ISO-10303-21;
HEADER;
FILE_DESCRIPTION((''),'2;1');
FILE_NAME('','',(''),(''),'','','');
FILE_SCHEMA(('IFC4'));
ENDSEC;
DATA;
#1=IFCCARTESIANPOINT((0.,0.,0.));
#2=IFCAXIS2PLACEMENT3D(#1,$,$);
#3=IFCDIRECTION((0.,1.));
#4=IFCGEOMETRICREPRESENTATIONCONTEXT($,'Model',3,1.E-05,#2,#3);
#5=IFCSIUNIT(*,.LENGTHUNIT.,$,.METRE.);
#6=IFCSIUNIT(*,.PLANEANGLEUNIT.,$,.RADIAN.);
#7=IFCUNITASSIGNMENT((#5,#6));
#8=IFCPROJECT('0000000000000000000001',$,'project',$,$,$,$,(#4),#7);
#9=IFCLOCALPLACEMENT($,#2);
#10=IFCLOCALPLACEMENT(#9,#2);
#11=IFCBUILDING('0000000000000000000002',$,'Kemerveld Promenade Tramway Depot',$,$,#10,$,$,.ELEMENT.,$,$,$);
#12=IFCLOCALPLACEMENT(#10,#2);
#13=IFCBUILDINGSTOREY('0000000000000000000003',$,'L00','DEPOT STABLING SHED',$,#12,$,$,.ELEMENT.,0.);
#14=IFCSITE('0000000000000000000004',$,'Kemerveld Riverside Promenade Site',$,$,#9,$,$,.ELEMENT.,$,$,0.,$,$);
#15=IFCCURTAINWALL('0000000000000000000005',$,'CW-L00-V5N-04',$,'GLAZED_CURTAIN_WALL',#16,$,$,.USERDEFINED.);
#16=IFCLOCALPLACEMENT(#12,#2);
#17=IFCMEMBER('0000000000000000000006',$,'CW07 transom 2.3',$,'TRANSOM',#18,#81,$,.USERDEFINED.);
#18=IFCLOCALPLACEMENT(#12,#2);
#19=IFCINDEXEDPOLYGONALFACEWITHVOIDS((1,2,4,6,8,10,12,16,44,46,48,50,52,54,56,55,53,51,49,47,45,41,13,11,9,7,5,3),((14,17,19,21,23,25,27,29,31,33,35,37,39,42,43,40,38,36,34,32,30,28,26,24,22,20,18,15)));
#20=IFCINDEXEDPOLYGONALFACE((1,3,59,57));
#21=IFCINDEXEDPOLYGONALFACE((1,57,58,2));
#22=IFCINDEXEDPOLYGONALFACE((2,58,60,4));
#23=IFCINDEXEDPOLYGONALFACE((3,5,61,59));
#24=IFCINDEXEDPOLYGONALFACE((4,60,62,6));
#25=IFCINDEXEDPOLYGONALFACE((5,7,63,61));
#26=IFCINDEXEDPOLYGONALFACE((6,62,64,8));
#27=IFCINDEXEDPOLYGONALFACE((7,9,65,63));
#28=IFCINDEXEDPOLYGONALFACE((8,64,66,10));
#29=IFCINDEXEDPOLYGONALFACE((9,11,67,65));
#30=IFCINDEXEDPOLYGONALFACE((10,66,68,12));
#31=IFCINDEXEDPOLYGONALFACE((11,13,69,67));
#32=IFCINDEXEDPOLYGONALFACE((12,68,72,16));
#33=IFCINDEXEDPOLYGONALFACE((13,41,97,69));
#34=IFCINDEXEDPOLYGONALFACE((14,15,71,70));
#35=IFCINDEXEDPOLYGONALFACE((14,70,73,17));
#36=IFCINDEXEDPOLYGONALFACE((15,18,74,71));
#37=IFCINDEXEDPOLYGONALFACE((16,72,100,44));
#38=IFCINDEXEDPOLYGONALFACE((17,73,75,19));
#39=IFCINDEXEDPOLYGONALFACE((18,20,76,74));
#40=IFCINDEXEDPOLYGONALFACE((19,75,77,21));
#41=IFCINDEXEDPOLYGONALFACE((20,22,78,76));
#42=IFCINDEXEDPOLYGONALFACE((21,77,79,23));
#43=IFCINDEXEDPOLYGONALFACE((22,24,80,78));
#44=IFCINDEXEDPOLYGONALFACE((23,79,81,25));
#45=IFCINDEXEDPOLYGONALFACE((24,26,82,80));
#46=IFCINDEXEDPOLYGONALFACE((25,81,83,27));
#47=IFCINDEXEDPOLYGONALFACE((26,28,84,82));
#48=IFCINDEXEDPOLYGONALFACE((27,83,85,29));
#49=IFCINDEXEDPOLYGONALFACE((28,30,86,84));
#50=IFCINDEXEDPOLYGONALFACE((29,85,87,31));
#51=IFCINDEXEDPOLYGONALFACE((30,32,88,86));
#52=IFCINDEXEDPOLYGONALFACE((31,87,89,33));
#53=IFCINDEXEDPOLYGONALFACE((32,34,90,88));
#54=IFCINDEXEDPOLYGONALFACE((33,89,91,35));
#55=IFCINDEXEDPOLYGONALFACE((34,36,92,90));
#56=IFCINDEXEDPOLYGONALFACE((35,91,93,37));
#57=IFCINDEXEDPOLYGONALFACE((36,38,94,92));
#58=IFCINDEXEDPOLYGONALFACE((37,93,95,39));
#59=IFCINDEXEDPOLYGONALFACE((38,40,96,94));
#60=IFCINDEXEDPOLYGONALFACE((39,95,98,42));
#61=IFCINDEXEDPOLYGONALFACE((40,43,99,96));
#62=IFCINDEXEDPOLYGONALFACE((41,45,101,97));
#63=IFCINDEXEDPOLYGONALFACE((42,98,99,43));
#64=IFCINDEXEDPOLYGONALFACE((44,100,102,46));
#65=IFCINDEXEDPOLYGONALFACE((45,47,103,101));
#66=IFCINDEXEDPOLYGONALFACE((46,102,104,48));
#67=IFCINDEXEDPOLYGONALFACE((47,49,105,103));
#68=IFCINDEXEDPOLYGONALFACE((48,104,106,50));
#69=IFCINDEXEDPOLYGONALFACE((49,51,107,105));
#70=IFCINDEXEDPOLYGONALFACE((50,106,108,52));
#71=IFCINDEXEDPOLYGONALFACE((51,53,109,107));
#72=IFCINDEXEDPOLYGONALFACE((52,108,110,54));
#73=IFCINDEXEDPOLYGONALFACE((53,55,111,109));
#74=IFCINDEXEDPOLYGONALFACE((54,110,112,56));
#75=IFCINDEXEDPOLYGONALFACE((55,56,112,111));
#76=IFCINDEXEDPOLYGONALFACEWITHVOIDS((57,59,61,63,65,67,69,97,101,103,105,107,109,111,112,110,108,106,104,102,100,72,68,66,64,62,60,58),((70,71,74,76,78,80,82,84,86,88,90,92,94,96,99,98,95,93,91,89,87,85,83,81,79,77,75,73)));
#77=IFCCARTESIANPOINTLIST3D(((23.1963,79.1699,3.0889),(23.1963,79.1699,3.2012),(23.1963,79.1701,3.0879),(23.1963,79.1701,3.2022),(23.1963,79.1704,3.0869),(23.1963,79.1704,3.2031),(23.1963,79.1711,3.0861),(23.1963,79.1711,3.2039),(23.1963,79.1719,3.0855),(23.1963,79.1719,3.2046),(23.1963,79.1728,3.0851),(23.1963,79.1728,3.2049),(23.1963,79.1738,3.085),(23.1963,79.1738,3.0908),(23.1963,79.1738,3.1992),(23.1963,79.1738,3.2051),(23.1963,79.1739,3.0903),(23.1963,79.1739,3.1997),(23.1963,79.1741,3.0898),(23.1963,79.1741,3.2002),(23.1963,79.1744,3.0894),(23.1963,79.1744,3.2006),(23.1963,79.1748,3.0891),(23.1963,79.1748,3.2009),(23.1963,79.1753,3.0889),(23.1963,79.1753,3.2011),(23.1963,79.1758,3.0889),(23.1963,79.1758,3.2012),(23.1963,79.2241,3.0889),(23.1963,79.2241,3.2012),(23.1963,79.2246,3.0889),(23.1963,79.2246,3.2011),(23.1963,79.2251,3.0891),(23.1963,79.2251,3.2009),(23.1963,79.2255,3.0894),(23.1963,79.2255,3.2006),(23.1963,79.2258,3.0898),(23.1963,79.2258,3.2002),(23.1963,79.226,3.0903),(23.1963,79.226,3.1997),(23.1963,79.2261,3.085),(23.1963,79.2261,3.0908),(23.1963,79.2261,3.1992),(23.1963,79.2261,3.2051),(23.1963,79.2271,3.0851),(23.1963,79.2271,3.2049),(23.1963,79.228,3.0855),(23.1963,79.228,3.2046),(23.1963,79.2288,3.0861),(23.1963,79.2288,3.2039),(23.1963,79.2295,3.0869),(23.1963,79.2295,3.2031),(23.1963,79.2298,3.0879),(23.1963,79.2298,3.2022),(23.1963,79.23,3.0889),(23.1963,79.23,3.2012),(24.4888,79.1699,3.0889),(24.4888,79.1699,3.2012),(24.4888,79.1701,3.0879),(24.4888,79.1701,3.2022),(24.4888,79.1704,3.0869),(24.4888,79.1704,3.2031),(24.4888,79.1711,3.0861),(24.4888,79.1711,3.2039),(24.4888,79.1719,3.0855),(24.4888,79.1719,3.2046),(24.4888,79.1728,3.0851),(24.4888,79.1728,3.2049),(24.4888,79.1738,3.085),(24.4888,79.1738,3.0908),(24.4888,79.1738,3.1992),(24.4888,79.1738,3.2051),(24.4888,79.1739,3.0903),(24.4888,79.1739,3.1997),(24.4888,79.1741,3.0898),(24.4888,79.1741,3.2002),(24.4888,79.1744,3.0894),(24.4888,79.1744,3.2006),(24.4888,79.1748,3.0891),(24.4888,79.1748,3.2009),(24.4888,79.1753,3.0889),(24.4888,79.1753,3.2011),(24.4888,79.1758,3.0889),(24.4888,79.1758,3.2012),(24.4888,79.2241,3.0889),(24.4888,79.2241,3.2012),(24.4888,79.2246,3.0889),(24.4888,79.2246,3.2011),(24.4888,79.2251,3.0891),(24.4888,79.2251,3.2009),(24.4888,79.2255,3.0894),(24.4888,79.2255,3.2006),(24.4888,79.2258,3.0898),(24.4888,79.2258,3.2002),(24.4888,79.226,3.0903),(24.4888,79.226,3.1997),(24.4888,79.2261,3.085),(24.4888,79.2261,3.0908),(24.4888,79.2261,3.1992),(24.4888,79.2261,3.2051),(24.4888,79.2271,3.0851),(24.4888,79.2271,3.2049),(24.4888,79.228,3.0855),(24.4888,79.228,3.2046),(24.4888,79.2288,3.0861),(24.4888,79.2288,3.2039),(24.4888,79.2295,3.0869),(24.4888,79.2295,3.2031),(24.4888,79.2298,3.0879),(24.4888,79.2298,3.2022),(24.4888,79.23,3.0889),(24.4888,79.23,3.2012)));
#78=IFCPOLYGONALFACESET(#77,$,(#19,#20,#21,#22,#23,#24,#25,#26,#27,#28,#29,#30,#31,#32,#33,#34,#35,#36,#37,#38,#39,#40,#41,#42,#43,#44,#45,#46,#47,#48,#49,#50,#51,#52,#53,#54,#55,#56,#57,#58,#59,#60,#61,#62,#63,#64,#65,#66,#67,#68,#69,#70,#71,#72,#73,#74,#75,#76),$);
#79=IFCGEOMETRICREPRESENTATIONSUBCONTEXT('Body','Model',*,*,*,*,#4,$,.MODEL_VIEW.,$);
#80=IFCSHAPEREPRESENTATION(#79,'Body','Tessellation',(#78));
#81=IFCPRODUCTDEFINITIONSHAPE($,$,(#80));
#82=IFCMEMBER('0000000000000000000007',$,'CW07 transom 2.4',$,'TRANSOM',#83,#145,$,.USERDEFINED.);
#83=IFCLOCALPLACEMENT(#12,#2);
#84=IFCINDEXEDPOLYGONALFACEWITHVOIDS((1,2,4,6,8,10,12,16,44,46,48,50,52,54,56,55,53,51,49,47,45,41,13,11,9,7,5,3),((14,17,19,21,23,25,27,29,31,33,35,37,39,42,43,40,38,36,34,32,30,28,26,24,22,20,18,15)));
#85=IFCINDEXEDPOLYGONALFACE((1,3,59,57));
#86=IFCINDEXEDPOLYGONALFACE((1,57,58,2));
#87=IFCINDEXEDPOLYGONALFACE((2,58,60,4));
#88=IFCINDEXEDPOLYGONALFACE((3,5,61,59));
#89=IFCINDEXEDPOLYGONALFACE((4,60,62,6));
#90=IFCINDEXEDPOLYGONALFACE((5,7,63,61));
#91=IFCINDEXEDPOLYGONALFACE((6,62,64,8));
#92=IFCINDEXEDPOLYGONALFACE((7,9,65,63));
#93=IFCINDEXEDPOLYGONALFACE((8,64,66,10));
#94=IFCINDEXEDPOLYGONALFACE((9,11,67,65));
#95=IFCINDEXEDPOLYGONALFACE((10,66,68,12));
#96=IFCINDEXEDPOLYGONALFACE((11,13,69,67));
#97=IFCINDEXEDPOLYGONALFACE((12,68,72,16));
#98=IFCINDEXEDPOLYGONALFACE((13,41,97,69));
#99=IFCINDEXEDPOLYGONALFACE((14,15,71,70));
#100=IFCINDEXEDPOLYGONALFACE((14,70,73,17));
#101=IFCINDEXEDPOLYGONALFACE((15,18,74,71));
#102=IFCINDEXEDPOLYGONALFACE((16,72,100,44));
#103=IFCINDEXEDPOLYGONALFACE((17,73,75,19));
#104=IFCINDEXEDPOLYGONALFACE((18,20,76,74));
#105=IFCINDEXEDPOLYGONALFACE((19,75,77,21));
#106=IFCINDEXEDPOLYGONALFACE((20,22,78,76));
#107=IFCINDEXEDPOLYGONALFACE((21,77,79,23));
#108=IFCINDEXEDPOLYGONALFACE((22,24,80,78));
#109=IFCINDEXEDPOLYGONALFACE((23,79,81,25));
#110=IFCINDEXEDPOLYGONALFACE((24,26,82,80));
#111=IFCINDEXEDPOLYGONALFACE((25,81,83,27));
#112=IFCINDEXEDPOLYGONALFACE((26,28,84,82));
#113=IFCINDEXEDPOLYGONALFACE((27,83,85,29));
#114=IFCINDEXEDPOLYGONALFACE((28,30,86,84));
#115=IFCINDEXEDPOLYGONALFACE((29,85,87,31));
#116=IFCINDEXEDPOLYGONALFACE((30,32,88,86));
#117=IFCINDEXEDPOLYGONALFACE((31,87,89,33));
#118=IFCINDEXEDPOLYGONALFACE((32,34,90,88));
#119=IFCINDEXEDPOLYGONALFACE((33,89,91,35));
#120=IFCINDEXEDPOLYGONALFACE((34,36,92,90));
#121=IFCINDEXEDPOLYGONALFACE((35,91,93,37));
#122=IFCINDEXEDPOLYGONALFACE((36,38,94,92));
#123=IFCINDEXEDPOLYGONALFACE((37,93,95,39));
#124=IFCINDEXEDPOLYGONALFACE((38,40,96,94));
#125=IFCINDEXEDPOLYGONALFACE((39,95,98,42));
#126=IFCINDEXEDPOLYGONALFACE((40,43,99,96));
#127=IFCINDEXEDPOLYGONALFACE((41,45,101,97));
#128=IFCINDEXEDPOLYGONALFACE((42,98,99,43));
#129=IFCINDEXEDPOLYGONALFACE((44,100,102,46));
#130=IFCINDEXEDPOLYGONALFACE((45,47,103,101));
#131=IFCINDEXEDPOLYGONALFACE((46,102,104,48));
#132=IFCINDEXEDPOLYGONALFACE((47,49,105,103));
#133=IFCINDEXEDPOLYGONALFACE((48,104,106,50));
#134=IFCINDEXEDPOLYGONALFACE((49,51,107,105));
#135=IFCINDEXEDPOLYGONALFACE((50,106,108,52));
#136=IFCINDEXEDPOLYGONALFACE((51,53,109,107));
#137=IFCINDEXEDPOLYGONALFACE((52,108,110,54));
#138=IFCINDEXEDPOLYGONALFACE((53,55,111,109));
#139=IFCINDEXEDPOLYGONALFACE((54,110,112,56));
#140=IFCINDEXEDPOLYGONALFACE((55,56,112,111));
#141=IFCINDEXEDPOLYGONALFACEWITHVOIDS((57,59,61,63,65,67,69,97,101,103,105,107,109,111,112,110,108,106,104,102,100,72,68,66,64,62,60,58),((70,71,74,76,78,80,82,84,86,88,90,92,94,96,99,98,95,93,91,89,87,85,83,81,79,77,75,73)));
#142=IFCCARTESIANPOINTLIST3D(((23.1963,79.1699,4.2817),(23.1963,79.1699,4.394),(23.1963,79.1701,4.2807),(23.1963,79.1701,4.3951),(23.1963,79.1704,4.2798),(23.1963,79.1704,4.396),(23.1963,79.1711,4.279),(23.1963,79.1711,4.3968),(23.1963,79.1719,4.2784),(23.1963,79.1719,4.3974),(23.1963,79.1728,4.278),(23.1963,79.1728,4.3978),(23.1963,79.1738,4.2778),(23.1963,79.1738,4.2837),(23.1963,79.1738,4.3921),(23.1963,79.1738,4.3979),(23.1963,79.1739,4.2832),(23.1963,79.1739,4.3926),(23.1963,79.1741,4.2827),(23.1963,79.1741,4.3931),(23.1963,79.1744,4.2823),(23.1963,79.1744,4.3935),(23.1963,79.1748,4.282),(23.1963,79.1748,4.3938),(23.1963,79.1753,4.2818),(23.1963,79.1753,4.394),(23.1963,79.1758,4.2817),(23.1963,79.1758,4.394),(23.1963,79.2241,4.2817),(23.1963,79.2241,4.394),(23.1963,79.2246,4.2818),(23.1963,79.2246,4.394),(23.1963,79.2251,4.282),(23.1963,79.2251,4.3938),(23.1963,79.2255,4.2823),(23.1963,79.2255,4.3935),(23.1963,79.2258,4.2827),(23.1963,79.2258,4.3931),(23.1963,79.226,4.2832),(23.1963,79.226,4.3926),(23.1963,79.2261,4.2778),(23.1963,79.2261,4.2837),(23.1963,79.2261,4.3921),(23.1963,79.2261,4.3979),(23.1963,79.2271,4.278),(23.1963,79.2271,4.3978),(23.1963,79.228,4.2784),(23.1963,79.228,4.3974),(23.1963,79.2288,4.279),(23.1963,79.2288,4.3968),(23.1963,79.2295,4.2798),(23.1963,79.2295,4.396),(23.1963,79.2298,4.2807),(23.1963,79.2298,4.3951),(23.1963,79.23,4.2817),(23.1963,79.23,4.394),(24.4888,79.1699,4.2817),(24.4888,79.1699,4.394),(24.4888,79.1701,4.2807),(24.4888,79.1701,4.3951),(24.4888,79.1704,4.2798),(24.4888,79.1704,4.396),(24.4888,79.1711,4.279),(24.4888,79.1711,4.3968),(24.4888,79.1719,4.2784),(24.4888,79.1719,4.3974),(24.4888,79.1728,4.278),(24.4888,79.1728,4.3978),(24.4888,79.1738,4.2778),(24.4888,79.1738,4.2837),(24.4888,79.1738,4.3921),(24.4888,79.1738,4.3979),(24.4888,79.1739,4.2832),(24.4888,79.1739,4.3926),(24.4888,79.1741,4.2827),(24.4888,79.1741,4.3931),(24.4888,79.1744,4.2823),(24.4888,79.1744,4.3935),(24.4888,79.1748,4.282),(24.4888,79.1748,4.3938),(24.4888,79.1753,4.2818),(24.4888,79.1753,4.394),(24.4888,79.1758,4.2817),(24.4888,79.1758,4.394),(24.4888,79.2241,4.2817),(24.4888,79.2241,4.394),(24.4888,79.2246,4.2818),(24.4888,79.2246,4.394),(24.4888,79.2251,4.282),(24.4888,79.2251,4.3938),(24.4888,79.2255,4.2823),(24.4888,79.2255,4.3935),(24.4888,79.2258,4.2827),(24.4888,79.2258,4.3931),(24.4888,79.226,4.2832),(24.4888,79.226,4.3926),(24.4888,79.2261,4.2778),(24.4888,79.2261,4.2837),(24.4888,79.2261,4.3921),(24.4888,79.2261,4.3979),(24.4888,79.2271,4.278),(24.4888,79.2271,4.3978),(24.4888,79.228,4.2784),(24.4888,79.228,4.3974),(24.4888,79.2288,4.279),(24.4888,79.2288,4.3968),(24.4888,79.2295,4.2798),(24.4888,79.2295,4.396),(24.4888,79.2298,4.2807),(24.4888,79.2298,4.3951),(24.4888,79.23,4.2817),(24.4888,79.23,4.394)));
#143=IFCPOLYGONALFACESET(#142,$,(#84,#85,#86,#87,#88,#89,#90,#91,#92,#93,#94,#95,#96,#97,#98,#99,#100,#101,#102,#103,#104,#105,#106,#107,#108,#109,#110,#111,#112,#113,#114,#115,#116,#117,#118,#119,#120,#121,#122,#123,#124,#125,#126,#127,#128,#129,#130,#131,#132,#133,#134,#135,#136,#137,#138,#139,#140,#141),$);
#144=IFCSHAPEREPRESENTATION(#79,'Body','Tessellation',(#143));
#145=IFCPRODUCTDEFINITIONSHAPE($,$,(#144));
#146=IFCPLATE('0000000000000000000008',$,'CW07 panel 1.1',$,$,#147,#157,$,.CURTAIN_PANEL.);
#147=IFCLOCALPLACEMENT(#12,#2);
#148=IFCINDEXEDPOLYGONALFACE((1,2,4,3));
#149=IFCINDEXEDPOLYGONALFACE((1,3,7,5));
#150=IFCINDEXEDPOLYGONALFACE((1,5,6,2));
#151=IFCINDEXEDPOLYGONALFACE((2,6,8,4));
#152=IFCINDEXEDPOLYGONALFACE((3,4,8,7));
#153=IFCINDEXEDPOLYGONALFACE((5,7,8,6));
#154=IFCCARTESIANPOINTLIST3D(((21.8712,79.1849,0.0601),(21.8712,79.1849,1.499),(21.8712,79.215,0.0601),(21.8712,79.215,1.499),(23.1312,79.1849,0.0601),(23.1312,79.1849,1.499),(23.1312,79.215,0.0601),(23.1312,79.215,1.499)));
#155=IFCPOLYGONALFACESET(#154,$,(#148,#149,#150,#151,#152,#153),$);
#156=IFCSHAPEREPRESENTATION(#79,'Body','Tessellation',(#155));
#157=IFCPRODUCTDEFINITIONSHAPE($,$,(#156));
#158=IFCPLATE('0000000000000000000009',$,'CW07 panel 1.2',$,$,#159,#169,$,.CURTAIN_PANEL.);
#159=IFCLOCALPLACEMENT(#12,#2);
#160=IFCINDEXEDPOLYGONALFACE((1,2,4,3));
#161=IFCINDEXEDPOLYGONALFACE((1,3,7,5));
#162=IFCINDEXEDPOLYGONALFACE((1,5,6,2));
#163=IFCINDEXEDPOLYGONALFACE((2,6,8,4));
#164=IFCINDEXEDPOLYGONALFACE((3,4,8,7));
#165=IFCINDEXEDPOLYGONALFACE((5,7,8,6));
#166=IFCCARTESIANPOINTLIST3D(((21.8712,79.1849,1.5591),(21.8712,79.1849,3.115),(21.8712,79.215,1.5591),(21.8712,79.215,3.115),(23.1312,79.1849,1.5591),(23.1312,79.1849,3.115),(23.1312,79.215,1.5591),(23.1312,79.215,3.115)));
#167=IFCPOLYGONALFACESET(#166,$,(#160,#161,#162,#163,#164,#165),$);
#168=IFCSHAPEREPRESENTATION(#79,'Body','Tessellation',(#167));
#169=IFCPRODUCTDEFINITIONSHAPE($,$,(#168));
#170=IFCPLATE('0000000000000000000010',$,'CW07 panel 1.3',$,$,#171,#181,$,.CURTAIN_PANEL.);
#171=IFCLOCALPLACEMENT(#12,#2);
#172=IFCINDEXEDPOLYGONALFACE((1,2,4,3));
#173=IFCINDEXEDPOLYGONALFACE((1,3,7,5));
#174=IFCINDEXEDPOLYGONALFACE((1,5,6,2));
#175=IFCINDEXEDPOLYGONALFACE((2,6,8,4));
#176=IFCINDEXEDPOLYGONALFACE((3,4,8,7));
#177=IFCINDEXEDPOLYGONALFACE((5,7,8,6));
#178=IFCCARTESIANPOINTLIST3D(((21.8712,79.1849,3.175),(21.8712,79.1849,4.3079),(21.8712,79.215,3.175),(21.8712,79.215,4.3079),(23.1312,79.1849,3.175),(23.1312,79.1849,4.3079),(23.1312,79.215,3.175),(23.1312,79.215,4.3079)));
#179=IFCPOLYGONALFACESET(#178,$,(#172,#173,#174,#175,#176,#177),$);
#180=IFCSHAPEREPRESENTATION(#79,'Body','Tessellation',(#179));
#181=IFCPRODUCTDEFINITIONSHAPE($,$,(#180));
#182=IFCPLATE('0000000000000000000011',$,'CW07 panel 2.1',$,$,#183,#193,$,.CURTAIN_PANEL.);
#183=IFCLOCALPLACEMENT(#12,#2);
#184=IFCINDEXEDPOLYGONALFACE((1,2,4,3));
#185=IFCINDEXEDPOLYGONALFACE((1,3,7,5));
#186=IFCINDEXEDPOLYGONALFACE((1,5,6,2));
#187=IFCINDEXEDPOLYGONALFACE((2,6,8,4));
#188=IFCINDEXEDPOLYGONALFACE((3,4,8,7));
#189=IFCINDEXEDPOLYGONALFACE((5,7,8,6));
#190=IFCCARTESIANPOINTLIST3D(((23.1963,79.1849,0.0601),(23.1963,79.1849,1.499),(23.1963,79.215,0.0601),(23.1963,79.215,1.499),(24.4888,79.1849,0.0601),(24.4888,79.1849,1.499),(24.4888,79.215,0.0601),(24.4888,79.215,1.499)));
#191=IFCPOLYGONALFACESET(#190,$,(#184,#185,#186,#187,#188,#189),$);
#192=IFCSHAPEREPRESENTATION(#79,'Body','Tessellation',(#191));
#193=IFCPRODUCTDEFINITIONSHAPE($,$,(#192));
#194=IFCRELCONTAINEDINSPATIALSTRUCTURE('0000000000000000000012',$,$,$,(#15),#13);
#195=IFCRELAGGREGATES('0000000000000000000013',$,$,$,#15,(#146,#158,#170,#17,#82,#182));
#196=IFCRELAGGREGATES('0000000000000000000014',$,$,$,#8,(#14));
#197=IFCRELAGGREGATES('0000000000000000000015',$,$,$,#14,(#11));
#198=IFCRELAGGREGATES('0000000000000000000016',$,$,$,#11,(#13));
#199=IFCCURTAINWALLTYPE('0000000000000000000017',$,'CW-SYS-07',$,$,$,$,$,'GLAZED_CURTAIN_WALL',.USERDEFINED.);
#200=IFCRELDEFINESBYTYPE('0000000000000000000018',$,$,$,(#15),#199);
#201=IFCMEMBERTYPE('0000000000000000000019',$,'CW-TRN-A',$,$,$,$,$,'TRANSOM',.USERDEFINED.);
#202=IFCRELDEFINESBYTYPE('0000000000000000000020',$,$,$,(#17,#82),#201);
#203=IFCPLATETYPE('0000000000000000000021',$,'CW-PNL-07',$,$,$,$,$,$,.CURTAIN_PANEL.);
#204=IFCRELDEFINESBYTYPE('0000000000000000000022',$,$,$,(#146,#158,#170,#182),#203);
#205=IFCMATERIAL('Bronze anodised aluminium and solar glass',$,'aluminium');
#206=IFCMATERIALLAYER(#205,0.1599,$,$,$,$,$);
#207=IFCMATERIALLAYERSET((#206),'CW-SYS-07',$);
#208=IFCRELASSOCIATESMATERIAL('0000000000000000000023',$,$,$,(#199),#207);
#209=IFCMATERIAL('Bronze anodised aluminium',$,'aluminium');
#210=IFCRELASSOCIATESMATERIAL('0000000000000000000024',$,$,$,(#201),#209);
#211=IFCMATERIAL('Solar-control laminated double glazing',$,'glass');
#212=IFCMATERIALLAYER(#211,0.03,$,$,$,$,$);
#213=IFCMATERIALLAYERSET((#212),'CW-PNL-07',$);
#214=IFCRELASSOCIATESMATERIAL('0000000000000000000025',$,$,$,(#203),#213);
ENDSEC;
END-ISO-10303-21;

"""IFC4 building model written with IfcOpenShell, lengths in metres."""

from ifc_helpers import new_model, si_unit, direction, frame, origin, origin_2d, place, context, subcontext, project, spatial, rectangle, hollow_rectangle, extrude, material, layer, layer_set, material_profile, profile_set, type_object, element, aggregate, save


model = new_model("IFC4")

# Units and contexts
model_context = context("Model", 3, precision=1e-05, world=origin(), true_north=direction((0.0, 1.0)))
body_context = subcontext(model_context, "Body", "Model", "MODEL_VIEW")
ifc_project = project(units=[si_unit("LENGTHUNIT", "METRE"), si_unit("PLANEANGLEUNIT", "RADIAN")], contexts=[model_context])

# Site, building, storey
site_placement = place(None, origin())
site = spatial("IfcSite", under=ifc_project, at=site_placement, Name="Kemerveld Riverside Promenade Site", CompositionType="ELEMENT", RefElevation=0.0)
building_placement = place(site_placement, origin())
building = spatial("IfcBuilding", under=site, at=building_placement, Name="Kemerveld Promenade Tramway Depot", CompositionType="ELEMENT")
storey_placement = place(building_placement, origin())
storey = spatial("IfcBuildingStorey", under=building, at=storey_placement, Name="L00", Description="DEPOT STABLING SHED", CompositionType="ELEMENT", Elevation=0.0)

# Curtain wall, members, plates
ifc_material_1 = material(Name="Bronze anodised aluminium and solar glass", Category="aluminium")
ifc_layer_1 = layer(ifc_material_1, 0.1599)
ifc_layer_set_1 = layer_set([ifc_layer_1], Name="CW-SYS-07")
curtain_wall_type = type_object("IfcCurtainWallType", Name="CW-SYS-07", ElementType="GLAZED_CURTAIN_WALL", PredefinedType="USERDEFINED", material=ifc_layer_set_1)
curtain_wall_placement = place(storey_placement, origin())
curtain_wall = element("IfcCurtainWall", 1, at=curtain_wall_placement, inside=storey, type_object=curtain_wall_type, Name="CW-L00-V5N-04", ObjectType="GLAZED_CURTAIN_WALL", PredefinedType="USERDEFINED")
ifc_material_2 = material(Name="Bronze anodised aluminium", Category="aluminium")
ifc_material_profile_1 = material_profile(ifc_material_2, hollow_rectangle(XDim=0.0601, YDim=0.1201, WallThickness=0.0039, InnerFilletRadius=0.002, OuterFilletRadius=0.0039, at=origin_2d()), Name="CW-TRN-120x60")
ifc_profile_set_1 = profile_set([ifc_material_profile_1], Name="Bronze anodised aluminium")
member_type_1 = type_object("IfcMemberType", Name="CW-TRN-A", ElementType="TRANSOM", PredefinedType="USERDEFINED", material=ifc_profile_set_1)
member_1_placement = place(storey_placement, frame((23.1963, 79.2, 3.145), z_axis=(1.0, 0.0, 0.0), x_axis=(0.0, 1.0, 0.0)))
member_1 = element("IfcMember", 2, at=member_1_placement, type_object=member_type_1, Name="CW07 transom 2.3", ObjectType="TRANSOM", PredefinedType="USERDEFINED", context=body_context, shape_type="SweptSolid", body=[
    extrude(hollow_rectangle(XDim=0.0601, YDim=0.1201, WallThickness=0.0039, InnerFilletRadius=0.002, OuterFilletRadius=0.0039, at=origin_2d()), origin(), (0.0, 0.0, 1.0), 1.2925),
])
member_2_placement = place(storey_placement, frame((23.1963, 79.2, 4.3379), z_axis=(1.0, 0.0, 0.0), x_axis=(0.0, 1.0, 0.0)))
member_2 = element("IfcMember", 3, at=member_2_placement, type_object=member_type_1, Name="CW07 transom 2.4", ObjectType="TRANSOM", PredefinedType="USERDEFINED", context=body_context, shape_type="SweptSolid", body=[
    extrude(hollow_rectangle(XDim=0.0601, YDim=0.1201, WallThickness=0.0039, InnerFilletRadius=0.002, OuterFilletRadius=0.0039, at=origin_2d()), origin(), (0.0, 0.0, 1.0), 1.2925),
])
ifc_material_3 = material(Name="Solar-control laminated double glazing", Category="glass")
ifc_layer_2 = layer(ifc_material_3, 0.03)
ifc_layer_set_2 = layer_set([ifc_layer_2], Name="CW-PNL-07")
plate_type_1 = type_object("IfcPlateType", Name="CW-PNL-07", PredefinedType="CURTAIN_PANEL", material=ifc_layer_set_2)
plate_1_placement = place(storey_placement, frame((22.5012, 79.2, 0.0601), z_axis=(0.0, 0.0, 1.0), x_axis=(1.0, 0.0, 0.0)))
plate_1 = element("IfcPlate", 4, at=plate_1_placement, type_object=plate_type_1, Name="CW07 panel 1.1", PredefinedType="CURTAIN_PANEL", context=body_context, shape_type="SweptSolid", body=[
    extrude(rectangle(XDim=1.26, YDim=0.03, at=origin_2d()), origin(), (0.0, 0.0, 1.0), 1.439),
])
plate_2_placement = place(storey_placement, frame((22.5012, 79.2, 1.5591), z_axis=(0.0, 0.0, 1.0), x_axis=(1.0, 0.0, 0.0)))
plate_2 = element("IfcPlate", 5, at=plate_2_placement, type_object=plate_type_1, Name="CW07 panel 1.2", PredefinedType="CURTAIN_PANEL", context=body_context, shape_type="SweptSolid", body=[
    extrude(rectangle(XDim=1.26, YDim=0.03, at=origin_2d()), origin(), (0.0, 0.0, 1.0), 1.5559),
])
plate_3_placement = place(storey_placement, frame((22.5012, 79.2, 3.175), z_axis=(0.0, 0.0, 1.0), x_axis=(1.0, 0.0, 0.0)))
plate_3 = element("IfcPlate", 6, at=plate_3_placement, type_object=plate_type_1, Name="CW07 panel 1.3", PredefinedType="CURTAIN_PANEL", context=body_context, shape_type="SweptSolid", body=[
    extrude(rectangle(XDim=1.26, YDim=0.03, at=origin_2d()), origin(), (0.0, 0.0, 1.0), 1.1328),
])
plate_4_placement = place(storey_placement, frame((23.8425, 79.2, 0.0601), z_axis=(0.0, 0.0, 1.0), x_axis=(1.0, 0.0, 0.0)))
plate_4 = element("IfcPlate", 7, at=plate_4_placement, type_object=plate_type_1, Name="CW07 panel 2.1", PredefinedType="CURTAIN_PANEL", context=body_context, shape_type="SweptSolid", body=[
    extrude(rectangle(XDim=1.2925, YDim=0.03, at=origin_2d()), origin(), (0.0, 0.0, 1.0), 1.439),
])
aggregate(curtain_wall, [plate_1, plate_2, plate_3, member_1, member_2, plate_4])

save(model, "model.ifc")
